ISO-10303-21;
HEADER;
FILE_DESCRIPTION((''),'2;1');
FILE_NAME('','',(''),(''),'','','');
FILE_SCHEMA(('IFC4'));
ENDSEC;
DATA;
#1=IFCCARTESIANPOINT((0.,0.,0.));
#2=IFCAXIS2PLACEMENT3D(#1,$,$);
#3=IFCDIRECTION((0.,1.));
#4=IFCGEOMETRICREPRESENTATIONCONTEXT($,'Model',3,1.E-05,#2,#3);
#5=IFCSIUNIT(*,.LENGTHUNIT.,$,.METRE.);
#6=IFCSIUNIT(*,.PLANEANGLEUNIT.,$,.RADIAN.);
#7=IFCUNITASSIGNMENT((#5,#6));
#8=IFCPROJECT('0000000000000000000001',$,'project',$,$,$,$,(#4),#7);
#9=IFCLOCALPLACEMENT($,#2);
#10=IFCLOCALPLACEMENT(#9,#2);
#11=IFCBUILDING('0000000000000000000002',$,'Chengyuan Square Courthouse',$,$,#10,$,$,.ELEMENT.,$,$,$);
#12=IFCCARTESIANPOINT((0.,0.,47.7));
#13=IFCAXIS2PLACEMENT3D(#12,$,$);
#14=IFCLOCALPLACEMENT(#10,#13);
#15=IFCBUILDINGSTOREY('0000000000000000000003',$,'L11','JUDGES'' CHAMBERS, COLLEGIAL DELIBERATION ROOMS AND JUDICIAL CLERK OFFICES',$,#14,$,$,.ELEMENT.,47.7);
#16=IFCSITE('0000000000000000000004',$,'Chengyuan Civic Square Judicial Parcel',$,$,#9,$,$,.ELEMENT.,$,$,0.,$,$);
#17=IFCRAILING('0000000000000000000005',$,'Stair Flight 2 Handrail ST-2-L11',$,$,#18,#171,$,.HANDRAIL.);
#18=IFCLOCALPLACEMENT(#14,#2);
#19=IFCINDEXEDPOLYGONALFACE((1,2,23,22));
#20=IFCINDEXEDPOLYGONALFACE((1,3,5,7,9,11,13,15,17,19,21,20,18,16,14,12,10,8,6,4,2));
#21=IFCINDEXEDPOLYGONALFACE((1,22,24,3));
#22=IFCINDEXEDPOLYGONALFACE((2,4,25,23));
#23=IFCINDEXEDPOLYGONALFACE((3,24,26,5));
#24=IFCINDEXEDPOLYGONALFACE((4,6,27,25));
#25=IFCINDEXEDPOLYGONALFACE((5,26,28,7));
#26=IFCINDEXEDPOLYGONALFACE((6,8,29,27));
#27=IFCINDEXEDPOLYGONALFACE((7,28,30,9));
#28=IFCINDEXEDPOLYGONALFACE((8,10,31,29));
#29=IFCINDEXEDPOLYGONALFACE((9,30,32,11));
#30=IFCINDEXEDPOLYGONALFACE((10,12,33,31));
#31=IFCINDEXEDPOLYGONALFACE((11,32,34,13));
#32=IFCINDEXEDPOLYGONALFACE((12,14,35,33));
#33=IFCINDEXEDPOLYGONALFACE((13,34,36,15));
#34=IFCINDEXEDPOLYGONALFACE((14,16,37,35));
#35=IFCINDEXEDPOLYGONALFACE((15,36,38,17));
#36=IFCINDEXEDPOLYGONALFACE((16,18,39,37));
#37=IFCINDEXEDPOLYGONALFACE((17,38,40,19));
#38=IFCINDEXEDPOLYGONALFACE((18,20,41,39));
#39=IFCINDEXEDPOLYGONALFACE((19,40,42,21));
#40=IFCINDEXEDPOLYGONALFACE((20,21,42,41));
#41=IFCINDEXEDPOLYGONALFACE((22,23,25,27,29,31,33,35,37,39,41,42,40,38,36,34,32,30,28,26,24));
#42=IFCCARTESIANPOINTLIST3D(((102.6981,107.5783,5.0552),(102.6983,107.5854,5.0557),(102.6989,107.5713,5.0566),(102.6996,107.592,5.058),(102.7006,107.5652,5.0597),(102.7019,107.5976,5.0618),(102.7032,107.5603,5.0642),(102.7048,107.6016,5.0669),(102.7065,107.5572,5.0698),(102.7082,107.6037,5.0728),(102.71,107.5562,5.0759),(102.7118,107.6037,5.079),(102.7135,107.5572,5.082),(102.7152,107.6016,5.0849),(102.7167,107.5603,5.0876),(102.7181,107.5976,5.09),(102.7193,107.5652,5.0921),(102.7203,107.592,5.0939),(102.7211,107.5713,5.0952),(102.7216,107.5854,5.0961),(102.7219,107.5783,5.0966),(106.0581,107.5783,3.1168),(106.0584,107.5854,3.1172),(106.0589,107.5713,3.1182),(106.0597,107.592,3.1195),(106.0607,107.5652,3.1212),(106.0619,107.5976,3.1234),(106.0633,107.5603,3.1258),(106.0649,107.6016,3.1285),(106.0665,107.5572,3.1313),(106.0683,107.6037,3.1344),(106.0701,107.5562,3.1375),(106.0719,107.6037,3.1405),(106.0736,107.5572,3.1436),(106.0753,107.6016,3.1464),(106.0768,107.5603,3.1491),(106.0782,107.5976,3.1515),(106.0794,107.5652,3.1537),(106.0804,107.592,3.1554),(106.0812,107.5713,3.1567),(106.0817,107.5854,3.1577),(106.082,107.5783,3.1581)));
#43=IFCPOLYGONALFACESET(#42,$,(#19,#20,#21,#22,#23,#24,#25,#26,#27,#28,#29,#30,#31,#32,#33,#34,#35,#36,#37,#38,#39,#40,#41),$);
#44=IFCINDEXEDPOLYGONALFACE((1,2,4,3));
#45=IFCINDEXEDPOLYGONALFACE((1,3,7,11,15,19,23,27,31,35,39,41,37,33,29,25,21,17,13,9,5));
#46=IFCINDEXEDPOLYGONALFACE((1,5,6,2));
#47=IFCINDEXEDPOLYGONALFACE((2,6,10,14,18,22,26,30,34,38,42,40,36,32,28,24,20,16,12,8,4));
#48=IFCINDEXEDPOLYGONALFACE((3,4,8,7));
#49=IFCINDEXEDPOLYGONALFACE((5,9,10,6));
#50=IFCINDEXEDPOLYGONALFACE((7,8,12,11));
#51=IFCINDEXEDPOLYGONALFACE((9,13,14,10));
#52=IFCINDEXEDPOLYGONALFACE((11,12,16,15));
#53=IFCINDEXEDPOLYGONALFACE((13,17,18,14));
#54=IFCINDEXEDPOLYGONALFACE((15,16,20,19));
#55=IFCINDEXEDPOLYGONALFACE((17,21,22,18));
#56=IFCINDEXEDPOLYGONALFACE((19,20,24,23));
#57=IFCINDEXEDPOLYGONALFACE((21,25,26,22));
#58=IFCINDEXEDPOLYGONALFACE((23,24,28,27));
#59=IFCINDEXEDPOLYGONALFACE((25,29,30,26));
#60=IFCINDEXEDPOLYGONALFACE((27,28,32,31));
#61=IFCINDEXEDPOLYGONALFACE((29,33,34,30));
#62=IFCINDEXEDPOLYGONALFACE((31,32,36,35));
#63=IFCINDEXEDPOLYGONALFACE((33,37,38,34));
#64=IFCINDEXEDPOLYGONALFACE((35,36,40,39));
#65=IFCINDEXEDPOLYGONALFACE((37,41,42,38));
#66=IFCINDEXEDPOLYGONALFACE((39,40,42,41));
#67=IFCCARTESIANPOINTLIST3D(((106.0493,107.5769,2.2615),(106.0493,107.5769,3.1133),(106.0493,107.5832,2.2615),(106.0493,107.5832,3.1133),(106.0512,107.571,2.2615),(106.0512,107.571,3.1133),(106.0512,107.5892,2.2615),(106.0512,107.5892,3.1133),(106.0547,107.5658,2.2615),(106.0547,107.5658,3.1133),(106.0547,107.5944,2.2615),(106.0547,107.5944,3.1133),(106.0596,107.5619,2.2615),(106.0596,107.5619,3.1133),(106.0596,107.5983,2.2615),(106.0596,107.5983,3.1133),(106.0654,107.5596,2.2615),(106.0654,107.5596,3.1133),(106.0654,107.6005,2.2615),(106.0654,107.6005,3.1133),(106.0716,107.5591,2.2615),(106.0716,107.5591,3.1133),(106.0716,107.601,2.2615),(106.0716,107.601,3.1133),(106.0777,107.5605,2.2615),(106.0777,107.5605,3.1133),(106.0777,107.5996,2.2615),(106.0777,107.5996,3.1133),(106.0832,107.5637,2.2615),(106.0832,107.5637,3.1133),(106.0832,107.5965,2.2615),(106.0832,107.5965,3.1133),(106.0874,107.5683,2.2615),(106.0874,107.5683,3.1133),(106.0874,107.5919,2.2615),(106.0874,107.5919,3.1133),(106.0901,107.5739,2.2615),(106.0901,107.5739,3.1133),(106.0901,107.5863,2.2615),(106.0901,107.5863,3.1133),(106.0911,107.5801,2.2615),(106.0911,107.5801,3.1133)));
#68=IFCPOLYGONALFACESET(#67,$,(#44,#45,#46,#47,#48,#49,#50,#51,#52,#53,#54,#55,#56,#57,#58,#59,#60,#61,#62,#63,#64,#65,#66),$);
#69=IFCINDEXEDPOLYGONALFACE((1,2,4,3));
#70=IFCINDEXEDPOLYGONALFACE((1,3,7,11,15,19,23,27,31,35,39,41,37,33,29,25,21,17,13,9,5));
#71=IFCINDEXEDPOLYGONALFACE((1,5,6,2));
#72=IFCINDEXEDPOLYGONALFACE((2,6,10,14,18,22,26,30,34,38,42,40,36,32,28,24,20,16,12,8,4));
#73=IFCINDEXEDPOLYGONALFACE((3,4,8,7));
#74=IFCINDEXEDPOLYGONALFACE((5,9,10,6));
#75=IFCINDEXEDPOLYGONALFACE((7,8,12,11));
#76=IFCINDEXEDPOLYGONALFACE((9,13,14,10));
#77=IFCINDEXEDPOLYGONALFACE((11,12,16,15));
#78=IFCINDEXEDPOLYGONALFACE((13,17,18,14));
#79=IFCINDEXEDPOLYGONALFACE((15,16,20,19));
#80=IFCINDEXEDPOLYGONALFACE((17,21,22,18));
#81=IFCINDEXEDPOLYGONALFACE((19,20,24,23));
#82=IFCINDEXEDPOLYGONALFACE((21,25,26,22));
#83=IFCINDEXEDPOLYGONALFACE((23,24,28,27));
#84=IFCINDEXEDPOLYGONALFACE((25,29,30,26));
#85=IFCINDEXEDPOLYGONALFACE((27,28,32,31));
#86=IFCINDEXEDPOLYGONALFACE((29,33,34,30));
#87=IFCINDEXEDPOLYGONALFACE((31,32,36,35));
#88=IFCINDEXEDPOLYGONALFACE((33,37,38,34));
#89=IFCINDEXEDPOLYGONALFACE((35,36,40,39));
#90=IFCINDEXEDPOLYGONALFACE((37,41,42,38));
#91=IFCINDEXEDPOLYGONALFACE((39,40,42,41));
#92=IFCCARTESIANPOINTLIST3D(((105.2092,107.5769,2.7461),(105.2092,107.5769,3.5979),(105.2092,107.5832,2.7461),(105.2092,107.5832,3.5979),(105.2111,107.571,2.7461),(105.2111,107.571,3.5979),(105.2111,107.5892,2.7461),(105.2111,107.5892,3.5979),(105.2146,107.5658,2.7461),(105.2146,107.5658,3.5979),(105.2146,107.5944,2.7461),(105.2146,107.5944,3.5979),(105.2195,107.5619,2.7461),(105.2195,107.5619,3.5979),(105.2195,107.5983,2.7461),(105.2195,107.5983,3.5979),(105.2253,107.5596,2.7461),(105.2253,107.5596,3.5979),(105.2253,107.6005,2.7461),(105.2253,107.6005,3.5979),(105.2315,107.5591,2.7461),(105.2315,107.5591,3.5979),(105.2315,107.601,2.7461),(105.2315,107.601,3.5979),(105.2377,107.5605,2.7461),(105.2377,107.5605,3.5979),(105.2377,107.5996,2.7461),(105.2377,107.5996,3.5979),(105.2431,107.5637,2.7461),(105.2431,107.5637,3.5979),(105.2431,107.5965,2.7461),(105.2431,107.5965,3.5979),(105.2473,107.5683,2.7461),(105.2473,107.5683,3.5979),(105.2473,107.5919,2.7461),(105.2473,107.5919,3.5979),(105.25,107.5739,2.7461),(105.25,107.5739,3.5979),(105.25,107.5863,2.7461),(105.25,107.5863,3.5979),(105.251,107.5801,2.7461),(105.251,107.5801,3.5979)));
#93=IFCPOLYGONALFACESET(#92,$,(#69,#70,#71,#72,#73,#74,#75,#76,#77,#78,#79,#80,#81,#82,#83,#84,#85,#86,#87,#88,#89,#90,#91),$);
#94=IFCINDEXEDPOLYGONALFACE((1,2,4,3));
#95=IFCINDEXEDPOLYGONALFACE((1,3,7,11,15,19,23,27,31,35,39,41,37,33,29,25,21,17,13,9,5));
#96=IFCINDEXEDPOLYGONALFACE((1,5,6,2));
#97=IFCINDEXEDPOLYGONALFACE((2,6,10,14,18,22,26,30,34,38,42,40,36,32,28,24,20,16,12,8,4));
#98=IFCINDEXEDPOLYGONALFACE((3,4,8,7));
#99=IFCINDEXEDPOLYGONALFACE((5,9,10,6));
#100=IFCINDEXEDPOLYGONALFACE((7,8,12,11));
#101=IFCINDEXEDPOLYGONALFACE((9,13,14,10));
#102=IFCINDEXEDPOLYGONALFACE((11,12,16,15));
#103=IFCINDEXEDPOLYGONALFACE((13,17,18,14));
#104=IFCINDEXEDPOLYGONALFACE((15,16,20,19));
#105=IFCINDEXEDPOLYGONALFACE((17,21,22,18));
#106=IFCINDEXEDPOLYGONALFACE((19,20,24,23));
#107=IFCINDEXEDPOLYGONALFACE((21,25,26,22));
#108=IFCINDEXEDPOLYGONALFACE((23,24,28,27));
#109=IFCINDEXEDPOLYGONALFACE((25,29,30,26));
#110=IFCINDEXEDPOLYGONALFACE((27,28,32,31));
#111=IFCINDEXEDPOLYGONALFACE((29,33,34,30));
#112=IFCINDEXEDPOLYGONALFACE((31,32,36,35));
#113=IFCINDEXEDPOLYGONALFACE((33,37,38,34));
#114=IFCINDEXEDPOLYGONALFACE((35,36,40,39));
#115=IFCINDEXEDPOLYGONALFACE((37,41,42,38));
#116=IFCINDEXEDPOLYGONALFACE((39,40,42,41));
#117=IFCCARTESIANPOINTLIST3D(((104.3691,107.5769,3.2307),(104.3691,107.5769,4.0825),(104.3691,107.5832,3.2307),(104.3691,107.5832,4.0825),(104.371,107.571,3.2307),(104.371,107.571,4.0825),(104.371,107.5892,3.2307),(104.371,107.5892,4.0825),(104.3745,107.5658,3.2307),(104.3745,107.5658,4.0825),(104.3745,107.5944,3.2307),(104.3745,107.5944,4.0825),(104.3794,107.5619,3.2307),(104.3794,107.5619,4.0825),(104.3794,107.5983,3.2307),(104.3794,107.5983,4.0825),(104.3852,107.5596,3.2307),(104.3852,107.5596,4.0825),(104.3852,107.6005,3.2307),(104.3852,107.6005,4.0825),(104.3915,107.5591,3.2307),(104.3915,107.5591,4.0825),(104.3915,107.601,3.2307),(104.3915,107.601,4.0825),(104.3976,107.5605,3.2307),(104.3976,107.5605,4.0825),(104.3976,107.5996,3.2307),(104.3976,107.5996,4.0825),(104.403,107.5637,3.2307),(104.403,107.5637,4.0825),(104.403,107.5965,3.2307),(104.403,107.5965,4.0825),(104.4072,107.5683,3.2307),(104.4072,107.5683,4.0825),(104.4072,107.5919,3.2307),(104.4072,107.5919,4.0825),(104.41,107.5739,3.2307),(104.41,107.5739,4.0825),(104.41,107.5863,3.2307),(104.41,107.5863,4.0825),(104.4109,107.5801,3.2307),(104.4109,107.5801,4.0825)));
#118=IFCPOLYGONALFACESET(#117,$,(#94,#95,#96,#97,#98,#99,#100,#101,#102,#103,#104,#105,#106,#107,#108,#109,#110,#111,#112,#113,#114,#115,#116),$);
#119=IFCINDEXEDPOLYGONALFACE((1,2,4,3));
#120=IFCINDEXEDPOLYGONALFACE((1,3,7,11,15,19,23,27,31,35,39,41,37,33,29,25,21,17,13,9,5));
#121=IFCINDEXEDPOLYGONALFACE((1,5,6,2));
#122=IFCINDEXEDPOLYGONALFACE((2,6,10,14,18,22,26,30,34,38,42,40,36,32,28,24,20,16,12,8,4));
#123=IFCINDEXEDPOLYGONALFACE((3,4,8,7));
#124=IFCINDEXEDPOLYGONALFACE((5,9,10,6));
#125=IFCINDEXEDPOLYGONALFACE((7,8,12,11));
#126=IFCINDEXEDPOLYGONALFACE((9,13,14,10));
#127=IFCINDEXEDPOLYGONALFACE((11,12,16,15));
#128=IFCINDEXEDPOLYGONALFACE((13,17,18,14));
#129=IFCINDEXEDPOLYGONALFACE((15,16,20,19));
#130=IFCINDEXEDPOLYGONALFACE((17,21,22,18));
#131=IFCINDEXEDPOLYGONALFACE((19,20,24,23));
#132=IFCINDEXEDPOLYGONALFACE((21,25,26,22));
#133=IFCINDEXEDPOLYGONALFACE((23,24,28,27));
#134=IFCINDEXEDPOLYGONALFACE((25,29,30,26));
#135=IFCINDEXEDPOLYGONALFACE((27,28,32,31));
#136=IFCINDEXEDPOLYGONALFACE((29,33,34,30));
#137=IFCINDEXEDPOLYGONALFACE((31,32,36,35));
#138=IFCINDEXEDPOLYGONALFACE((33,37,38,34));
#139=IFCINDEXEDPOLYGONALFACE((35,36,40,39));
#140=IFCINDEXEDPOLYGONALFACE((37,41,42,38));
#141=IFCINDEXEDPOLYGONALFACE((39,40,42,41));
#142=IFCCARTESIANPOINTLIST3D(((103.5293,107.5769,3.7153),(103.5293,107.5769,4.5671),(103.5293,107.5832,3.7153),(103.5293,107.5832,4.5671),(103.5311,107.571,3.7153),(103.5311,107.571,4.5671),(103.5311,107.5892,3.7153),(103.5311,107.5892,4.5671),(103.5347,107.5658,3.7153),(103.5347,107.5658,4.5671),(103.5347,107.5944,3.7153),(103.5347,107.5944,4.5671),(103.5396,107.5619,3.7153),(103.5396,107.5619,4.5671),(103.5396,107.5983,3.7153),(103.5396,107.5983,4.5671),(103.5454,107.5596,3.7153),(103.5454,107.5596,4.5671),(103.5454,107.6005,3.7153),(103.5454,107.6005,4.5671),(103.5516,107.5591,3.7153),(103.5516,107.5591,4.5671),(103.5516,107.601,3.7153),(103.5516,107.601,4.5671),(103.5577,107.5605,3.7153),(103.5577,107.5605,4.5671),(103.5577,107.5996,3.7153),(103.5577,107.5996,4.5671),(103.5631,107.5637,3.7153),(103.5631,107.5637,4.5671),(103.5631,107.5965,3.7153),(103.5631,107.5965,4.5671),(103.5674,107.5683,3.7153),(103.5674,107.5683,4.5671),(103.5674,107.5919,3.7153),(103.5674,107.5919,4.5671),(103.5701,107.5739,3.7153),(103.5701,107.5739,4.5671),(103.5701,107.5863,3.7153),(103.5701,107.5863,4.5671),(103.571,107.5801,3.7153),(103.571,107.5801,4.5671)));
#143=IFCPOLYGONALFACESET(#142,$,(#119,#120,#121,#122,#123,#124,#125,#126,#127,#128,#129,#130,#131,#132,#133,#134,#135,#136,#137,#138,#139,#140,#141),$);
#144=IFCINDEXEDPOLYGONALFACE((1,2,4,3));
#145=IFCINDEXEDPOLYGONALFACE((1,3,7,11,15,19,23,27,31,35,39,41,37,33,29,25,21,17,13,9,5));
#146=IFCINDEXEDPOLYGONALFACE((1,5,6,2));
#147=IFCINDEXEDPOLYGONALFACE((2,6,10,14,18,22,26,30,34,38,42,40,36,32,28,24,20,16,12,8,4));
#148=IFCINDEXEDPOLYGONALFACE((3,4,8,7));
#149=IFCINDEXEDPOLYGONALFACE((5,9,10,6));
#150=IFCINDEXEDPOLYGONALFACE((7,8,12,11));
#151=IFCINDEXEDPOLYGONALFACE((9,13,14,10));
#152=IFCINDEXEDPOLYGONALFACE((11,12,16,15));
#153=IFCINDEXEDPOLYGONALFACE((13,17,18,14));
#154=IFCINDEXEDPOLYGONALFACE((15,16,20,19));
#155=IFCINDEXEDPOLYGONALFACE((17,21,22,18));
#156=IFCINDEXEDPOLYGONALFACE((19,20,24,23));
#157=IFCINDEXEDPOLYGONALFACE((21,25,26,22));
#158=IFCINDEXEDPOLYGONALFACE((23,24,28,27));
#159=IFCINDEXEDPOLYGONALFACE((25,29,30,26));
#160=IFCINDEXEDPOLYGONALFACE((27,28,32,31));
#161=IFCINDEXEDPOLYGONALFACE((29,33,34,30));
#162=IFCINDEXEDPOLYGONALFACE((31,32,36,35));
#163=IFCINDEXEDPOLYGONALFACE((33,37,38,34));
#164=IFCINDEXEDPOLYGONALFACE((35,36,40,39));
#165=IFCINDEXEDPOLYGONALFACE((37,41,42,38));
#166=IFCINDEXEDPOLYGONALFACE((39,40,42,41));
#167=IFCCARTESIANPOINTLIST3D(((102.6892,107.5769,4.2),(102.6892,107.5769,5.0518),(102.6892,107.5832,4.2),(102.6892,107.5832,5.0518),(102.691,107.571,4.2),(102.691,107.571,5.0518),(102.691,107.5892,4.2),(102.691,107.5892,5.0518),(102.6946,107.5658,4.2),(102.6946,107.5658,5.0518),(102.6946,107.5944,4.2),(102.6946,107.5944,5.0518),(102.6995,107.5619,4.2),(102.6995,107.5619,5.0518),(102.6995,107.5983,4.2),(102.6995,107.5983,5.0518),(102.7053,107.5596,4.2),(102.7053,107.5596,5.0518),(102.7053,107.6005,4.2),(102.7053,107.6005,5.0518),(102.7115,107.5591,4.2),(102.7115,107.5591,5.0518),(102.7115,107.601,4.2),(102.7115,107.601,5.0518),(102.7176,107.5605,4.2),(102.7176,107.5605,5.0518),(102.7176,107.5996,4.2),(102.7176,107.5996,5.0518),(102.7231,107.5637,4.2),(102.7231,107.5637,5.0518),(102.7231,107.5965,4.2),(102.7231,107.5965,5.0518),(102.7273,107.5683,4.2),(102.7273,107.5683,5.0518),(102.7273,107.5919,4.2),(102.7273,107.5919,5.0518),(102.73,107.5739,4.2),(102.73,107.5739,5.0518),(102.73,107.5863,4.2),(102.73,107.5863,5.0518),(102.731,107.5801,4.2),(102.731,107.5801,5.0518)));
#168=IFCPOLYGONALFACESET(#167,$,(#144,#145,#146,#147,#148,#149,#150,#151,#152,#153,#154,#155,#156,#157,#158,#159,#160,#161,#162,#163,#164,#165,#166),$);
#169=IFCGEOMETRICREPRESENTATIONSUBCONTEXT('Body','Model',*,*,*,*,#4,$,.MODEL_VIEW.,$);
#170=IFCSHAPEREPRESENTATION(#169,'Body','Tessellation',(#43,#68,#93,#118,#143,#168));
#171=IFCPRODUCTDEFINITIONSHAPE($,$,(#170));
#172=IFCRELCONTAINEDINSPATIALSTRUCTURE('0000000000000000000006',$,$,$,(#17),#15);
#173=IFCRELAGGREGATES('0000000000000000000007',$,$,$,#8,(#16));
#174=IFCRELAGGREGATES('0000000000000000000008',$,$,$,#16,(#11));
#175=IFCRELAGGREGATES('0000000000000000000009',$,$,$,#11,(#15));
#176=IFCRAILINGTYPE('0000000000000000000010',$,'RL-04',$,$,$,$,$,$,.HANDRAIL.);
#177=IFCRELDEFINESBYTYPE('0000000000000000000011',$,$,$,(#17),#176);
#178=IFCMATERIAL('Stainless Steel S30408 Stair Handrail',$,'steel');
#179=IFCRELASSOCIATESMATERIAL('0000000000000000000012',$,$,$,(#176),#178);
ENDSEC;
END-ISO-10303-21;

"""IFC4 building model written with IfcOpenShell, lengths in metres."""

from ifc_helpers import new_model, si_unit, direction, frame, origin, origin_2d, place, context, subcontext, project, spatial, circle, extrude, material, type_object, element, save


model = new_model("IFC4")

# Units and contexts
model_context = context("Model", 3, precision=1e-05, world=origin(), true_north=direction((0.0, 1.0)))
body_context = subcontext(model_context, "Body", "Model", "MODEL_VIEW")
ifc_project = project(units=[si_unit("LENGTHUNIT", "METRE"), si_unit("PLANEANGLEUNIT", "RADIAN")], contexts=[model_context])

# Site, building, storey
site_placement = place(None, origin())
site = spatial("IfcSite", under=ifc_project, at=site_placement, Name="Chengyuan Civic Square Judicial Parcel", CompositionType="ELEMENT", RefElevation=0.0)
building_placement = place(site_placement, origin())
building = spatial("IfcBuilding", under=site, at=building_placement, Name="Chengyuan Square Courthouse", CompositionType="ELEMENT")
storey_placement = place(building_placement, frame((0.0, 0.0, 47.7)))
storey = spatial("IfcBuildingStorey", under=building, at=storey_placement, Name="L11", Description="JUDGES' CHAMBERS, COLLEGIAL DELIBERATION ROOMS AND JUDICIAL CLERK OFFICES", CompositionType="ELEMENT", Elevation=47.7)

# Railing
ifc_material_1 = material(Name="Stainless Steel S30408 Stair Handrail", Category="steel")
railing_type_1 = type_object("IfcRailingType", Name="RL-04", PredefinedType="HANDRAIL", material=ifc_material_1)
railing_1_placement = place(storey_placement, frame((106.0701, 107.5801, 2.2615)))
element("IfcRailing", 1, at=railing_1_placement, inside=storey, type_object=railing_type_1, Name="Stair Flight 2 Handrail ST-2-L11", PredefinedType="HANDRAIL", context=body_context, shape_type="SweptSolid", body=[
    extrude(circle(Radius=0.0239, at=origin_2d()), frame((0.0, 0.0, 0.876), z_axis=(-0.866191, 0.0, 0.499713), x_axis=(0.0, -1.0, 0.0)), (0.0, 0.0, 1.0), 3.8792),
    extrude(circle(Radius=0.021, at=origin_2d()), origin(), (0.0, 0.0, 1.0), 0.8518),
    extrude(circle(Radius=0.021, at=origin_2d()), frame((-0.8401, 0.0, 0.4846)), (0.0, 0.0, 1.0), 0.8518),
    extrude(circle(Radius=0.021, at=origin_2d()), frame((-1.6802, 0.0, 0.9692)), (0.0, 0.0, 1.0), 0.8518),
    extrude(circle(Radius=0.021, at=origin_2d()), frame((-2.52, 0.0, 1.4539)), (0.0, 0.0, 1.0), 0.8518),
    extrude(circle(Radius=0.021, at=origin_2d()), frame((-3.3601, 0.0, 1.9385)), (0.0, 0.0, 1.0), 0.8518),
])

save(model, "model.ifc")
